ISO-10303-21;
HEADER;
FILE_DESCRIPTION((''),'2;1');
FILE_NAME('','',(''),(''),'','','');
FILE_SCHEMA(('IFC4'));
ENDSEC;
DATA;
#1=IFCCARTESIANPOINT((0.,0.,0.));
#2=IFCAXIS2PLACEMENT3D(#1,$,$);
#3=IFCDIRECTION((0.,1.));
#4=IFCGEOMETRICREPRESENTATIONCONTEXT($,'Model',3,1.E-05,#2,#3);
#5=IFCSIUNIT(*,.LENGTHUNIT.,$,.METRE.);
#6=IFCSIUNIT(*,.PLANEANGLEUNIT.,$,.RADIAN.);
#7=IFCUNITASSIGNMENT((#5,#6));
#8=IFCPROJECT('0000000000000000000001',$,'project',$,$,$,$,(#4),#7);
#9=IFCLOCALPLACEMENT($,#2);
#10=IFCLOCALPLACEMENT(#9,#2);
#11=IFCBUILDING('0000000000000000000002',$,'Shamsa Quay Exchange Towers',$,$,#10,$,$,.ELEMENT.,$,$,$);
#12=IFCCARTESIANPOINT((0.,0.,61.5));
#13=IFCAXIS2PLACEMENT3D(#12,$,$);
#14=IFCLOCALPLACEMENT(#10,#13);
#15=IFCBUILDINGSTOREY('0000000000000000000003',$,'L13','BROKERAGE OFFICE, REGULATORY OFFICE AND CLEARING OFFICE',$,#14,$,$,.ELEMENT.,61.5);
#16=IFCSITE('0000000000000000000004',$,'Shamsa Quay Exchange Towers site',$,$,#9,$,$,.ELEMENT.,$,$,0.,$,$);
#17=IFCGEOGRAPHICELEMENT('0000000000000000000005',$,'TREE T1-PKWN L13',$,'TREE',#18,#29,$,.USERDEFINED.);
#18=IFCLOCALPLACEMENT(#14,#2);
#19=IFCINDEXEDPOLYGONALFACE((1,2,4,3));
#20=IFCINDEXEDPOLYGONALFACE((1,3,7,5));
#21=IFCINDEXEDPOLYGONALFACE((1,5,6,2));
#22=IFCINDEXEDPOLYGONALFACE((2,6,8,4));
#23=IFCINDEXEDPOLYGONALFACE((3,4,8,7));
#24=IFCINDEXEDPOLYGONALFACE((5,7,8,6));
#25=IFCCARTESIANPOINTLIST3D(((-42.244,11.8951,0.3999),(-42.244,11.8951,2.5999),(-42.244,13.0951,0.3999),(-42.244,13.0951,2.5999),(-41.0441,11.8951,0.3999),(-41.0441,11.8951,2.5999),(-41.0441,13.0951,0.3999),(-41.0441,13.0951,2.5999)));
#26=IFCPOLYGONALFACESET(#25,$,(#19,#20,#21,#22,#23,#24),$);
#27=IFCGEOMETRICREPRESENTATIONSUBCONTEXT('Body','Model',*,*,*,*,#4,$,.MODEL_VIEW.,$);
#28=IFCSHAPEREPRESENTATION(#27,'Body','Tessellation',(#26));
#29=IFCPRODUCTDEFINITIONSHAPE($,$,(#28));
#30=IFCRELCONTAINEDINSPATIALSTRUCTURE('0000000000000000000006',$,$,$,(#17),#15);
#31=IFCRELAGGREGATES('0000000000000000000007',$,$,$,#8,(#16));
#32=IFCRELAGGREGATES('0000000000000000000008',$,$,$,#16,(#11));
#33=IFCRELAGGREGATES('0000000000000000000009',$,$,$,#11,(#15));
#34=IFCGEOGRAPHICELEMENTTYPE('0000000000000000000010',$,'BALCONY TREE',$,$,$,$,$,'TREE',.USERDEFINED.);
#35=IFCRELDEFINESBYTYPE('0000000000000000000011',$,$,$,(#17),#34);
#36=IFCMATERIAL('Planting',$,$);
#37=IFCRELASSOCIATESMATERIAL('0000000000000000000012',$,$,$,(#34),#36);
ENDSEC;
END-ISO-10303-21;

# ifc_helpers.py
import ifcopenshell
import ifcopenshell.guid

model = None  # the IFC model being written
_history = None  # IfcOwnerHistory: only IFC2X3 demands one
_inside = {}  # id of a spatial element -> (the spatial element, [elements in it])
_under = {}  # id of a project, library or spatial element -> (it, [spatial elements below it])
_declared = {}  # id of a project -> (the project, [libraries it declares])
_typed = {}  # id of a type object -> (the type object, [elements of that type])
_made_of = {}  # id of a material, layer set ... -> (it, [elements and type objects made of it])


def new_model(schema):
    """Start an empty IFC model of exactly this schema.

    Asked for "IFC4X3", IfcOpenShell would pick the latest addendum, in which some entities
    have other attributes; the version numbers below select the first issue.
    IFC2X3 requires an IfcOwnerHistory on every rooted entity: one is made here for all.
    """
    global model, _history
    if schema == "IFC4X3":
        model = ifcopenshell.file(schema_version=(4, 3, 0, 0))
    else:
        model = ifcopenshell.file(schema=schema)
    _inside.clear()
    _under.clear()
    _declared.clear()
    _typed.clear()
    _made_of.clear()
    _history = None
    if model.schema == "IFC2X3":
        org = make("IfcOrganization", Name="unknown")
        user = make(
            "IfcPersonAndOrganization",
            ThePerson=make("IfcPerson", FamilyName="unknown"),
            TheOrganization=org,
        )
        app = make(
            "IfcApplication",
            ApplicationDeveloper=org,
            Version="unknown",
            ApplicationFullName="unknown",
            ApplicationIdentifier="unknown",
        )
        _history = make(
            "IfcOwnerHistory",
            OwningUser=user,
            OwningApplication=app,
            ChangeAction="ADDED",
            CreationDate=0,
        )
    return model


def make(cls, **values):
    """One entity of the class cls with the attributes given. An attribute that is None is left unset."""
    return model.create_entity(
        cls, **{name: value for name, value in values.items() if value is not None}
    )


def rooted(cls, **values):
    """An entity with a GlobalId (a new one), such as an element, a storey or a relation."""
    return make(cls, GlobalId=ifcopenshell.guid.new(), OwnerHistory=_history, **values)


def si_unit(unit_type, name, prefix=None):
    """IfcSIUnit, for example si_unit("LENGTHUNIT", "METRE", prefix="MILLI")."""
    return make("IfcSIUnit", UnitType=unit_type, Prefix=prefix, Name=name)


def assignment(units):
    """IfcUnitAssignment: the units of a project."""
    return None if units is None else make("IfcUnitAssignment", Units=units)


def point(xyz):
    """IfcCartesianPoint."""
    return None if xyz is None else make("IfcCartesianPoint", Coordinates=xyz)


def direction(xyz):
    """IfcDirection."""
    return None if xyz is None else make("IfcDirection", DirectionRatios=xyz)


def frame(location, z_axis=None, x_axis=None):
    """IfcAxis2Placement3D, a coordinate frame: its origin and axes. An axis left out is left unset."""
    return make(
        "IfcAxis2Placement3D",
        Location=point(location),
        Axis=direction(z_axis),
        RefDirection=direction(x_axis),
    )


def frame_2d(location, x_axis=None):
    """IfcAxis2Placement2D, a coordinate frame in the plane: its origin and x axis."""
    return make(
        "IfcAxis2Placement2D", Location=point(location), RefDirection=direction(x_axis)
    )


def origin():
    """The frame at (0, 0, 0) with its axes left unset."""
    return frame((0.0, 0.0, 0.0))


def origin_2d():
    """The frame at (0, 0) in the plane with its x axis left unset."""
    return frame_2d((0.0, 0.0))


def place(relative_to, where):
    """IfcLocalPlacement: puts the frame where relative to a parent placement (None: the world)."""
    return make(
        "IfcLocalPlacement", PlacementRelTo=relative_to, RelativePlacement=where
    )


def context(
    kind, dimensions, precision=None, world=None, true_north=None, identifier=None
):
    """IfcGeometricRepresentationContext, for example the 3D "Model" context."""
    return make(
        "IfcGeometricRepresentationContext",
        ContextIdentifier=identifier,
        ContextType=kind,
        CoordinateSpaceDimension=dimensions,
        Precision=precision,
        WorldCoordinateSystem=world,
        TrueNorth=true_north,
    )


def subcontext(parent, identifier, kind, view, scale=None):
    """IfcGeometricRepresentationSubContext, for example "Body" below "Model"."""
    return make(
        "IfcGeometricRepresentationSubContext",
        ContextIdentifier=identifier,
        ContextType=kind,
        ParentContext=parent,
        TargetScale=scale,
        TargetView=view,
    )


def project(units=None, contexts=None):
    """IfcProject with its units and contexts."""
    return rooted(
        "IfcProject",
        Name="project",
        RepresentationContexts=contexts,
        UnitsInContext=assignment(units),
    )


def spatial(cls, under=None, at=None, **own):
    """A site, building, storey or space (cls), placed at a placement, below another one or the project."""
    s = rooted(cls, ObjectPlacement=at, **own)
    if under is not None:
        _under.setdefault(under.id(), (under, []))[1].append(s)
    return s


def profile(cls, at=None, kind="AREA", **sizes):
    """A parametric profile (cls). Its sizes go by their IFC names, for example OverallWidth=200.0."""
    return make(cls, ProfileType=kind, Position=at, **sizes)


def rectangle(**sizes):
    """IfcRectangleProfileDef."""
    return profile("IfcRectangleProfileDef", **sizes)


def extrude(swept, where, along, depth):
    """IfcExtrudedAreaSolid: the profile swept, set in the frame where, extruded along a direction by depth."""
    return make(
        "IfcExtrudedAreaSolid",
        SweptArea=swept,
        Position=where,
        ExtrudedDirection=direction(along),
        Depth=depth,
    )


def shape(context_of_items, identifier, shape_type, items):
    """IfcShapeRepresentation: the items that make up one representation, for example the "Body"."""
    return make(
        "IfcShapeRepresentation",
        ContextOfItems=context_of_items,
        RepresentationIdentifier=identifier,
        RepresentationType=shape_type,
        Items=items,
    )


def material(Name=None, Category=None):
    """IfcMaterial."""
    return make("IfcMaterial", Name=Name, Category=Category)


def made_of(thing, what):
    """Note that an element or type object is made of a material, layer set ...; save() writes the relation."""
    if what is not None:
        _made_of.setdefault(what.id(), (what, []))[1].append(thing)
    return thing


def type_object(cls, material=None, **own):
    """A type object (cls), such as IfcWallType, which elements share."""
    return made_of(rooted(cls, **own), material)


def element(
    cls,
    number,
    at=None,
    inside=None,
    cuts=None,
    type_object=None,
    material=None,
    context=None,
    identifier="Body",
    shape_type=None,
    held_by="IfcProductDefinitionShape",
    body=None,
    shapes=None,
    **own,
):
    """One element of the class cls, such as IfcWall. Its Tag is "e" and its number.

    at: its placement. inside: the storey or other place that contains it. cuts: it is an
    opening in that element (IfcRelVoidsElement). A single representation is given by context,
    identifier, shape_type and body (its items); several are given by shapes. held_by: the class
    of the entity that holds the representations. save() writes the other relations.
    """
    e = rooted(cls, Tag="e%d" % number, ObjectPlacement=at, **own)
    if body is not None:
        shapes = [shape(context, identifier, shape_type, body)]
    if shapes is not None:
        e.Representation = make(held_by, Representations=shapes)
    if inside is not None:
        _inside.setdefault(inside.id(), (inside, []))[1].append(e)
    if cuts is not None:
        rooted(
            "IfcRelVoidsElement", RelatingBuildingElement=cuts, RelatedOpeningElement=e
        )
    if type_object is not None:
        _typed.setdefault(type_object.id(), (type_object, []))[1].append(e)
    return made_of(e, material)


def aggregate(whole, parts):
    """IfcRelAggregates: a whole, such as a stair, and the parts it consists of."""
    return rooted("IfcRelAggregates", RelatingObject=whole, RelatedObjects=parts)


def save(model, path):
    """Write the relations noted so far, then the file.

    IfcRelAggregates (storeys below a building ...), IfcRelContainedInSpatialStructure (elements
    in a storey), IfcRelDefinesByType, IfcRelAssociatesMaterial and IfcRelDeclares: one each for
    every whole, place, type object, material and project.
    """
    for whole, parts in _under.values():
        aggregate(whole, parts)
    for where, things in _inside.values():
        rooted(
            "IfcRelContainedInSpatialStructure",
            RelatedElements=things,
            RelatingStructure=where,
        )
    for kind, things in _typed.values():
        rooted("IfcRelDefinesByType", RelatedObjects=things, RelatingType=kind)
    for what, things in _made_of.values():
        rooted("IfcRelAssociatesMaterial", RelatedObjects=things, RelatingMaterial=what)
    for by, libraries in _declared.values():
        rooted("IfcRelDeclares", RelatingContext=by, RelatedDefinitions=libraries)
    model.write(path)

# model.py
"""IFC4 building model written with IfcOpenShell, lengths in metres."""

from ifc_helpers import new_model, si_unit, direction, frame, origin, origin_2d, place, context, subcontext, project, spatial, rectangle, extrude, material, type_object, element, save


model = new_model("IFC4")

# Units and contexts
model_context = context("Model", 3, precision=1e-05, world=origin(), true_north=direction((0.0, 1.0)))
body_context = subcontext(model_context, "Body", "Model", "MODEL_VIEW")
ifc_project = project(units=[si_unit("LENGTHUNIT", "METRE"), si_unit("PLANEANGLEUNIT", "RADIAN")], contexts=[model_context])

# Site, building, storey
site_placement = place(None, origin())
site = spatial("IfcSite", under=ifc_project, at=site_placement, Name="Shamsa Quay Exchange Towers site", CompositionType="ELEMENT", RefElevation=0.0)
building_placement = place(site_placement, origin())
building = spatial("IfcBuilding", under=site, at=building_placement, Name="Shamsa Quay Exchange Towers", CompositionType="ELEMENT")
storey_placement = place(building_placement, frame((0.0, 0.0, 61.5)))
storey = spatial("IfcBuildingStorey", under=building, at=storey_placement, Name="L13", Description="BROKERAGE OFFICE, REGULATORY OFFICE AND CLEARING OFFICE", CompositionType="ELEMENT", Elevation=61.5)

# Geographic element
ifc_material_1 = material(Name="Planting")
geographic_element_type = type_object("IfcGeographicElementType", Name="BALCONY TREE", ElementType="TREE", PredefinedType="USERDEFINED", material=ifc_material_1)
geographic_element_placement = place(storey_placement, frame((-41.644, 12.4951, 0.3999), z_axis=(0.0, 0.0, 1.0), x_axis=(-1.0, 0.0, 0.0)))
element("IfcGeographicElement", 1, at=geographic_element_placement, inside=storey, type_object=geographic_element_type, Name="TREE T1-PKWN L13", ObjectType="TREE", PredefinedType="USERDEFINED", context=body_context, shape_type="SweptSolid", body=[
    extrude(rectangle(XDim=1.2, YDim=1.2, at=origin_2d()), origin(), (0.0, 0.0, 1.0), 2.2),
])

save(model, "model.ifc")
